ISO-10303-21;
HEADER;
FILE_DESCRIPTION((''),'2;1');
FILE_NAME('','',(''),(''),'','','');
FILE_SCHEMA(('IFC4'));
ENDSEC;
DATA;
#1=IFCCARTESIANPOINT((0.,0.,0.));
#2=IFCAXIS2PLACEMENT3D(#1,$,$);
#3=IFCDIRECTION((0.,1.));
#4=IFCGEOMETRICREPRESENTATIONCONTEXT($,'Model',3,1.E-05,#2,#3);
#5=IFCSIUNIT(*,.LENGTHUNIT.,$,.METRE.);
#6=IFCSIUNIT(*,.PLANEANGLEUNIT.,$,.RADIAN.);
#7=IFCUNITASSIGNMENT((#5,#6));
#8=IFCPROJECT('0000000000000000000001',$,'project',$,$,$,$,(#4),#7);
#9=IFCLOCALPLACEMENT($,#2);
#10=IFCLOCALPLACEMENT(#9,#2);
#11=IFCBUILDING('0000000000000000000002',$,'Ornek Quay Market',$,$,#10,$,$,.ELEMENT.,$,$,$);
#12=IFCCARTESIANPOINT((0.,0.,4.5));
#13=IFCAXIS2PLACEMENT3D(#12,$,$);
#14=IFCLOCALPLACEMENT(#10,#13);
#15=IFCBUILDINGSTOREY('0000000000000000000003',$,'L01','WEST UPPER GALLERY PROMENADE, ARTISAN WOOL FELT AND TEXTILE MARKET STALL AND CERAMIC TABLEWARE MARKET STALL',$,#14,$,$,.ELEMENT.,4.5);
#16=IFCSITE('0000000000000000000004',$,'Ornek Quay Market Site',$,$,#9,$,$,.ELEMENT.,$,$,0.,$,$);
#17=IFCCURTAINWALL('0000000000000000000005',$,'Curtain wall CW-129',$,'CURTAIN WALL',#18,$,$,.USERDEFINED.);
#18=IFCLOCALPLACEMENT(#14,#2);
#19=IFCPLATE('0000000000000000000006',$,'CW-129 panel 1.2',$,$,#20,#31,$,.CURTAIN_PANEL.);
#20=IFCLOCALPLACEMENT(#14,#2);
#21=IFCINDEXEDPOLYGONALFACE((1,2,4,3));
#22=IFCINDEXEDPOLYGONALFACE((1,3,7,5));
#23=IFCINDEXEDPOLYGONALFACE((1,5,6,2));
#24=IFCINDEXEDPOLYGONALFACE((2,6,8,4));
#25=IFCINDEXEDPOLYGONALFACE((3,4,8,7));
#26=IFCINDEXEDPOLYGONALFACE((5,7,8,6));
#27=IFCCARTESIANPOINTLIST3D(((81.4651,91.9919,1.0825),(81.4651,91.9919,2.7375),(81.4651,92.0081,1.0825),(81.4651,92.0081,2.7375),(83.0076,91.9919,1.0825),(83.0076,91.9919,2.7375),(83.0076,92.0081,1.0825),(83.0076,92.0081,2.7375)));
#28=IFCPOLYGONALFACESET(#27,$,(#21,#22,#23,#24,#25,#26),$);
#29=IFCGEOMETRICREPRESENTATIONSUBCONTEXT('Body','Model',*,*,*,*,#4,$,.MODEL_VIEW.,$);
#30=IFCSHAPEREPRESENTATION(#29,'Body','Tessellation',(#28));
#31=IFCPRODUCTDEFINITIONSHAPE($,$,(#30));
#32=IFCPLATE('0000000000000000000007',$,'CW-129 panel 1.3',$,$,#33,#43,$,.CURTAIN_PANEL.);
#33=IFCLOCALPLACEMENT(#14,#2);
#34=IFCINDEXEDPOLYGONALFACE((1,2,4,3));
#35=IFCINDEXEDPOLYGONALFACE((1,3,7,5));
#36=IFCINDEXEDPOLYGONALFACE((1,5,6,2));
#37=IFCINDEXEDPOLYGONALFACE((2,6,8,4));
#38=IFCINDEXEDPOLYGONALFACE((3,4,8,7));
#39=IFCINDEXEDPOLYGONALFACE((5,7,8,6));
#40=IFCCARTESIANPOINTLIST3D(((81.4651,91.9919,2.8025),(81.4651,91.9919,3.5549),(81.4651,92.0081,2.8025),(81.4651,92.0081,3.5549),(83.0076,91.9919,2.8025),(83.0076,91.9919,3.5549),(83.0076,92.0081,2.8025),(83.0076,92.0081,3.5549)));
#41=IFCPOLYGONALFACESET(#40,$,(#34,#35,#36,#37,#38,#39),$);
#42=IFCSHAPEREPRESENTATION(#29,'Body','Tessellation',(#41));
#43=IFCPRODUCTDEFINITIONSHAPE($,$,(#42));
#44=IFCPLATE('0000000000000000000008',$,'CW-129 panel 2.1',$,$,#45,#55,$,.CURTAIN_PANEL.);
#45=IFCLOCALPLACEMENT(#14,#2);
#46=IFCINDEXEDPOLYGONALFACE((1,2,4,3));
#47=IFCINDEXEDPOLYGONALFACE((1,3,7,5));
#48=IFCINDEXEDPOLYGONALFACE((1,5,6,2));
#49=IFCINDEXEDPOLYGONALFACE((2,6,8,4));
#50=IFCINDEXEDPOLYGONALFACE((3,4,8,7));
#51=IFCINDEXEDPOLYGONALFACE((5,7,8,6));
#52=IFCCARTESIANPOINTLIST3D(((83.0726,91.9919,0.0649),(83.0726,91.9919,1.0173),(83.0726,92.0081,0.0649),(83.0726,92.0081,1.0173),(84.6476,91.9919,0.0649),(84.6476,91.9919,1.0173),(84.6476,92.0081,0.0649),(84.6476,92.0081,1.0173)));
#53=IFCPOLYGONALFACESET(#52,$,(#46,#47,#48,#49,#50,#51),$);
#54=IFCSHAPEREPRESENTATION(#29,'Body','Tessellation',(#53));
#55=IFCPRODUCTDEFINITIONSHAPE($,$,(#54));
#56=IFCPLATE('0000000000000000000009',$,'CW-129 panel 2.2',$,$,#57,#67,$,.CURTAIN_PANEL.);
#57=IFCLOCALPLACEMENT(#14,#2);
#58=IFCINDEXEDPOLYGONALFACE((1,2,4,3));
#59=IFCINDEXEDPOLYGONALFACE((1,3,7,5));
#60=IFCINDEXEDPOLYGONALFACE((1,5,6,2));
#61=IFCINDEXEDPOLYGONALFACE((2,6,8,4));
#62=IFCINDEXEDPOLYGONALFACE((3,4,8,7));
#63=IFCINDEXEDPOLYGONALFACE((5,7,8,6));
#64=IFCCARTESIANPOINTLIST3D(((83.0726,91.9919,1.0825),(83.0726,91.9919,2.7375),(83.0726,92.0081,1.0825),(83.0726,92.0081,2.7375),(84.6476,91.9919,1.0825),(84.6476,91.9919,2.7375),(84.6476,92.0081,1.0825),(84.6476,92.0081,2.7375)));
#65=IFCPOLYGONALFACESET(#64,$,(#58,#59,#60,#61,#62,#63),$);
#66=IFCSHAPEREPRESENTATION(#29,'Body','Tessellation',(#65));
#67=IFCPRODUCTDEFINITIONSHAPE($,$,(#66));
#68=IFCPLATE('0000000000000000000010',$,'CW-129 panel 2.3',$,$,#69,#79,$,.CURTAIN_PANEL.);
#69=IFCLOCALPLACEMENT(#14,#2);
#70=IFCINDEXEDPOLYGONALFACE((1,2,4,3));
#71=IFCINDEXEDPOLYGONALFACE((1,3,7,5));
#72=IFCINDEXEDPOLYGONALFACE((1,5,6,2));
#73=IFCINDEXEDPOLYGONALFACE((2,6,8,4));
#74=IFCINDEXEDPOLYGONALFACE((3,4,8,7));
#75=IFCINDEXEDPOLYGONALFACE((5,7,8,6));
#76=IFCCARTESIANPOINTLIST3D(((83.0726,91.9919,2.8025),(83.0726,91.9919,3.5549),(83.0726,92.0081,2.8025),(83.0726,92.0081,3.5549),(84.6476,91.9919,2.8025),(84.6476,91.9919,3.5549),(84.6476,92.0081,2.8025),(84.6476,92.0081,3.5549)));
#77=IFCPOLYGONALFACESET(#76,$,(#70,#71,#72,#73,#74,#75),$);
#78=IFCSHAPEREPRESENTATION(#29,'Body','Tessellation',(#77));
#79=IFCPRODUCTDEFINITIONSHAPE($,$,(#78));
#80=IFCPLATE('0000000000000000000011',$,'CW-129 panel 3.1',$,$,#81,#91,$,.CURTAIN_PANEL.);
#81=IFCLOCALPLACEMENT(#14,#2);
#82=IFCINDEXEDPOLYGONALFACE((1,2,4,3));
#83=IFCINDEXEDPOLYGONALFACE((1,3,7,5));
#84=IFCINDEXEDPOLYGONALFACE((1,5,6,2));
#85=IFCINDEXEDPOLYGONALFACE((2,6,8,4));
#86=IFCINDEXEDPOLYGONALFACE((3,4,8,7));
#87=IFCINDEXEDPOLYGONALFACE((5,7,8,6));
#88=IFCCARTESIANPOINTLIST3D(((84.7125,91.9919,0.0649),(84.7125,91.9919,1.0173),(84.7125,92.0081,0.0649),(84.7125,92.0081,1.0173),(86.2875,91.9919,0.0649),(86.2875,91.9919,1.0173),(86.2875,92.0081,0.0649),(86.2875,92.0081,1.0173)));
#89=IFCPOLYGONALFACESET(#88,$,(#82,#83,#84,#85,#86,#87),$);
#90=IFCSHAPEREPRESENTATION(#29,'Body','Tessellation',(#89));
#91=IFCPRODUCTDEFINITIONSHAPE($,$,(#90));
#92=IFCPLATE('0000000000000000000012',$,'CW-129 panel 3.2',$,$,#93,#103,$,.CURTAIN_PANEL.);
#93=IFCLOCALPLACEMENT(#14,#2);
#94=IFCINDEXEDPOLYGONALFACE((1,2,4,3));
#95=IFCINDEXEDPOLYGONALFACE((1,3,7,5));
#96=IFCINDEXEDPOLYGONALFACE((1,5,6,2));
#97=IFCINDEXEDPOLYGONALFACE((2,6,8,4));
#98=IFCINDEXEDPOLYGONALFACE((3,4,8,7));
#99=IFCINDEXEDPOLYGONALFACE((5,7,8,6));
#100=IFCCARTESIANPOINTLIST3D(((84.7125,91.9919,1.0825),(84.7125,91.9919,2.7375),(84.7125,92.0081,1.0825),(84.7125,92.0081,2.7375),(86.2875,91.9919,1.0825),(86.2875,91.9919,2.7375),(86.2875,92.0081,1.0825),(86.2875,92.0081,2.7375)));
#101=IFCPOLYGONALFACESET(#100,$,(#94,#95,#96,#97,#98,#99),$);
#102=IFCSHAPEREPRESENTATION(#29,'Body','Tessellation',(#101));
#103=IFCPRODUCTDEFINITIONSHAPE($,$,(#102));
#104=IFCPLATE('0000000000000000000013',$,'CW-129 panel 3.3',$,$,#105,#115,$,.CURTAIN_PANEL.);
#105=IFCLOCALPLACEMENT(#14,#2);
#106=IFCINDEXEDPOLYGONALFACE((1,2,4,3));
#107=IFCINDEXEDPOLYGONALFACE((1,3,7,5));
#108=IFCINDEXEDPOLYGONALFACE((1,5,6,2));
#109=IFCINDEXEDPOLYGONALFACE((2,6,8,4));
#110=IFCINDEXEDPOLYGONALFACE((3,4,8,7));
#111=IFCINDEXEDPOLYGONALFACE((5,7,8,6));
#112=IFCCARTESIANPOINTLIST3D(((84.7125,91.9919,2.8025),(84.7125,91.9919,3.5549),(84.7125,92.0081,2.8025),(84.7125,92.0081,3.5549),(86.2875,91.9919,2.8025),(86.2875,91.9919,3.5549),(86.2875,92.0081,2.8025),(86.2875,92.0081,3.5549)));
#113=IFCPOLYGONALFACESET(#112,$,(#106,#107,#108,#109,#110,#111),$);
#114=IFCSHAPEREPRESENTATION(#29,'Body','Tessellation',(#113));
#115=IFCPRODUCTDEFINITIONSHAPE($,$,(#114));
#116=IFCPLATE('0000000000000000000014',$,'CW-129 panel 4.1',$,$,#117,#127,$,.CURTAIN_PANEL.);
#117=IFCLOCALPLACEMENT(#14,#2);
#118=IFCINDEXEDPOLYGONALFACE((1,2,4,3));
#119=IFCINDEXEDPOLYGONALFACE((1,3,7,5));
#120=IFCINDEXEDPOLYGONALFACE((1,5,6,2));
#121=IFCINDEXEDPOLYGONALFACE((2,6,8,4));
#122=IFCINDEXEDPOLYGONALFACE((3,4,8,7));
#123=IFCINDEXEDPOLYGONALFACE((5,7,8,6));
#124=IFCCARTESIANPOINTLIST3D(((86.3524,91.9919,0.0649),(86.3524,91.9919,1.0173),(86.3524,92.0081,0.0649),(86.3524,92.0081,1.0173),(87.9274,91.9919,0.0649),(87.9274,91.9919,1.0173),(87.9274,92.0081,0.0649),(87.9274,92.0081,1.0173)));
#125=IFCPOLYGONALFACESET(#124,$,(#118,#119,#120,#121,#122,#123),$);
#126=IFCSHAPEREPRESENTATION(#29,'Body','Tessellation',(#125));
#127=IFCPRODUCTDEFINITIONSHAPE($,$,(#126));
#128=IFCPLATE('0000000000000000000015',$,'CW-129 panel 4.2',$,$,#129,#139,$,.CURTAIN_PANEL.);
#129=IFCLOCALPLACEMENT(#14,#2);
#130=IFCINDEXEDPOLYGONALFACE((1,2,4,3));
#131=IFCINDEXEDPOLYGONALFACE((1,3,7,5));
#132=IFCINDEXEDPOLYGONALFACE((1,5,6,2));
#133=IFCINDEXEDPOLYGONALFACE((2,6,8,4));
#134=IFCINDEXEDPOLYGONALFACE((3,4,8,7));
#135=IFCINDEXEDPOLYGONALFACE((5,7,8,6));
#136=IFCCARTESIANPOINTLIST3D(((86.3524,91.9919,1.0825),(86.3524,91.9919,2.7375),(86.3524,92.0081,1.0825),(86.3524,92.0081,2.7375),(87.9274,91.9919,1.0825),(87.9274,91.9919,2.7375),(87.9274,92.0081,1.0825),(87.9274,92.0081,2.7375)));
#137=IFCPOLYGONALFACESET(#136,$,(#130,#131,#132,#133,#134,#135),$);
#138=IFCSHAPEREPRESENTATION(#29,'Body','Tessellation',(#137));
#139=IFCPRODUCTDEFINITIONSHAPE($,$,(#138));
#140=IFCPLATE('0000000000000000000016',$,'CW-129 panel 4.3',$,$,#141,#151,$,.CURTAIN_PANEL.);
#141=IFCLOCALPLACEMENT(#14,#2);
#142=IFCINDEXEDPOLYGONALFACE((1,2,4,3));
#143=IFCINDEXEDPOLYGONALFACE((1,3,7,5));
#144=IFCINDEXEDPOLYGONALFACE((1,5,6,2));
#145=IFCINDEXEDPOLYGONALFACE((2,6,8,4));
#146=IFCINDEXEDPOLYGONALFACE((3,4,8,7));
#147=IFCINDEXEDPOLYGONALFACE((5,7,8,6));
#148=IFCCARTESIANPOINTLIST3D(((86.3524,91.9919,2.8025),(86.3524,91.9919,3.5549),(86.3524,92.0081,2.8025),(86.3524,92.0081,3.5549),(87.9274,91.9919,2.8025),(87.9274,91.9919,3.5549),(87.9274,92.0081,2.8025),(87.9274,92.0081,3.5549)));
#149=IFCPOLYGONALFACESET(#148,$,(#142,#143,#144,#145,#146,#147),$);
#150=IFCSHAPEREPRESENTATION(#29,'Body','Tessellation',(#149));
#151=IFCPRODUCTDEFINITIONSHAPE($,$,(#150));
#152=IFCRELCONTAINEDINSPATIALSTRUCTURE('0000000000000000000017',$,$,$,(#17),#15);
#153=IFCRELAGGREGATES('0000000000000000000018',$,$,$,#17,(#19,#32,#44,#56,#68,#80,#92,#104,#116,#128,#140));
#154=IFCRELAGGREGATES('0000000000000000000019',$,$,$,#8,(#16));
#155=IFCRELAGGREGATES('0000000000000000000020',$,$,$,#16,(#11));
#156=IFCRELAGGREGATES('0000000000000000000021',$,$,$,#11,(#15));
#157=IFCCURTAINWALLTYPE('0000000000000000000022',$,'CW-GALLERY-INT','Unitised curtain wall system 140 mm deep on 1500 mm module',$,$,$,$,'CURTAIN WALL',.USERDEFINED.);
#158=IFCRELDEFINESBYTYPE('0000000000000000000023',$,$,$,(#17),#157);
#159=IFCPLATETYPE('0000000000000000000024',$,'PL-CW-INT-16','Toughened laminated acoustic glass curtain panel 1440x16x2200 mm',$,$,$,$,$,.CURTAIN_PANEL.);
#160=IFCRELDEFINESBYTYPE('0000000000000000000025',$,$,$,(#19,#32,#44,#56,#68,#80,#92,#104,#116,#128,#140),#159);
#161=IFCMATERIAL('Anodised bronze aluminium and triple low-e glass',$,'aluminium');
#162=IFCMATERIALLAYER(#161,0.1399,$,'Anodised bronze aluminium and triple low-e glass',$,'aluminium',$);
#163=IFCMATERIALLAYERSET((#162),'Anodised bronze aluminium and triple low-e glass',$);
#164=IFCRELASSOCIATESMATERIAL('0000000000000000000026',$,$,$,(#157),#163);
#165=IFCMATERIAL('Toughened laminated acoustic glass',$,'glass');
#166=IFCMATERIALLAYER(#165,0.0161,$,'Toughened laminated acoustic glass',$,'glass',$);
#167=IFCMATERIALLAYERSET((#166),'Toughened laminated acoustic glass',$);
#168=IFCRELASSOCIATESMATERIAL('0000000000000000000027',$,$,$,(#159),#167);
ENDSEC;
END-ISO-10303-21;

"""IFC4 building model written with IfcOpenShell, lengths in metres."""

from ifc_helpers import new_model, si_unit, direction, frame, origin, origin_2d, place, context, subcontext, project, spatial, rectangle, extrude, material, layer, layer_set, type_object, element, aggregate, save


model = new_model("IFC4")

# Units and contexts
model_context = context("Model", 3, precision=1e-05, world=origin(), true_north=direction((0.0, 1.0)))
body_context = subcontext(model_context, "Body", "Model", "MODEL_VIEW")
ifc_project = project(units=[si_unit("LENGTHUNIT", "METRE"), si_unit("PLANEANGLEUNIT", "RADIAN")], contexts=[model_context])

# Site, building, storey
site_placement = place(None, origin())
site = spatial("IfcSite", under=ifc_project, at=site_placement, Name="Ornek Quay Market Site", CompositionType="ELEMENT", RefElevation=0.0)
building_placement = place(site_placement, origin())
building = spatial("IfcBuilding", under=site, at=building_placement, Name="Ornek Quay Market", CompositionType="ELEMENT")
storey_placement = place(building_placement, frame((0.0, 0.0, 4.5)))
storey = spatial("IfcBuildingStorey", under=building, at=storey_placement, Name="L01", Description="WEST UPPER GALLERY PROMENADE, ARTISAN WOOL FELT AND TEXTILE MARKET STALL AND CERAMIC TABLEWARE MARKET STALL", CompositionType="ELEMENT", Elevation=4.5)

# Curtain wall, plates
ifc_material_1 = material(Name="Anodised bronze aluminium and triple low-e glass", Category="aluminium")
ifc_layer_1 = layer(ifc_material_1, 0.1399, Name="Anodised bronze aluminium and triple low-e glass", Category="aluminium")
ifc_layer_set_1 = layer_set([ifc_layer_1], Name="Anodised bronze aluminium and triple low-e glass")
curtain_wall_type = type_object("IfcCurtainWallType", Name="CW-GALLERY-INT", Description="Unitised curtain wall system 140 mm deep on 1500 mm module", ElementType="CURTAIN WALL", PredefinedType="USERDEFINED", material=ifc_layer_set_1)
curtain_wall_placement = place(storey_placement, origin())
curtain_wall = element("IfcCurtainWall", 1, at=curtain_wall_placement, inside=storey, type_object=curtain_wall_type, Name="Curtain wall CW-129", ObjectType="CURTAIN WALL", PredefinedType="USERDEFINED")
ifc_material_2 = material(Name="Toughened laminated acoustic glass", Category="glass")
ifc_layer_2 = layer(ifc_material_2, 0.0161, Name="Toughened laminated acoustic glass", Category="glass")
ifc_layer_set_2 = layer_set([ifc_layer_2], Name="Toughened laminated acoustic glass")
plate_type = type_object("IfcPlateType", Name="PL-CW-INT-16", Description="Toughened laminated acoustic glass curtain panel 1440x16x2200 mm", PredefinedType="CURTAIN_PANEL", material=ifc_layer_set_2)
plate_1_placement = place(storey_placement, frame((82.2363, 92.0, 1.0825), z_axis=(0.0, 0.0, 1.0), x_axis=(1.0, 0.0, 0.0)))
plate_1 = element("IfcPlate", 2, at=plate_1_placement, type_object=plate_type, Name="CW-129 panel 1.2", PredefinedType="CURTAIN_PANEL", context=body_context, shape_type="SweptSolid", body=[
    extrude(rectangle(XDim=1.5425, YDim=0.0161, at=origin_2d()), origin(), (0.0, 0.0, 1.0), 1.655),
])
plate_2_placement = place(storey_placement, frame((82.2363, 92.0, 2.8025), z_axis=(0.0, 0.0, 1.0), x_axis=(1.0, 0.0, 0.0)))
plate_2 = element("IfcPlate", 3, at=plate_2_placement, type_object=plate_type, Name="CW-129 panel 1.3", PredefinedType="CURTAIN_PANEL", context=body_context, shape_type="SweptSolid", body=[
    extrude(rectangle(XDim=1.5425, YDim=0.0161, at=origin_2d()), origin(), (0.0, 0.0, 1.0), 0.7524),
])
plate_3_placement = place(storey_placement, frame((83.8601, 92.0, 0.0649), z_axis=(0.0, 0.0, 1.0), x_axis=(1.0, 0.0, 0.0)))
plate_3 = element("IfcPlate", 4, at=plate_3_placement, type_object=plate_type, Name="CW-129 panel 2.1", PredefinedType="CURTAIN_PANEL", context=body_context, shape_type="SweptSolid", body=[
    extrude(rectangle(XDim=1.575, YDim=0.0161, at=origin_2d()), origin(), (0.0, 0.0, 1.0), 0.9524),
])
plate_4_placement = place(storey_placement, frame((83.8601, 92.0, 1.0825), z_axis=(0.0, 0.0, 1.0), x_axis=(1.0, 0.0, 0.0)))
plate_4 = element("IfcPlate", 5, at=plate_4_placement, type_object=plate_type, Name="CW-129 panel 2.2", PredefinedType="CURTAIN_PANEL", context=body_context, shape_type="SweptSolid", body=[
    extrude(rectangle(XDim=1.575, YDim=0.0161, at=origin_2d()), origin(), (0.0, 0.0, 1.0), 1.655),
])
plate_5_placement = place(storey_placement, frame((83.8601, 92.0, 2.8025), z_axis=(0.0, 0.0, 1.0), x_axis=(1.0, 0.0, 0.0)))
plate_5 = element("IfcPlate", 6, at=plate_5_placement, type_object=plate_type, Name="CW-129 panel 2.3", PredefinedType="CURTAIN_PANEL", context=body_context, shape_type="SweptSolid", body=[
    extrude(rectangle(XDim=1.575, YDim=0.0161, at=origin_2d()), origin(), (0.0, 0.0, 1.0), 0.7524),
])
plate_6_placement = place(storey_placement, frame((85.5, 92.0, 0.0649), z_axis=(0.0, 0.0, 1.0), x_axis=(1.0, 0.0, 0.0)))
plate_6 = element("IfcPlate", 7, at=plate_6_placement, type_object=plate_type, Name="CW-129 panel 3.1", PredefinedType="CURTAIN_PANEL", context=body_context, shape_type="SweptSolid", body=[
    extrude(rectangle(XDim=1.575, YDim=0.0161, at=origin_2d()), origin(), (0.0, 0.0, 1.0), 0.9524),
])
plate_7_placement = place(storey_placement, frame((85.5, 92.0, 1.0825), z_axis=(0.0, 0.0, 1.0), x_axis=(1.0, 0.0, 0.0)))
plate_7 = element("IfcPlate", 8, at=plate_7_placement, type_object=plate_type, Name="CW-129 panel 3.2", PredefinedType="CURTAIN_PANEL", context=body_context, shape_type="SweptSolid", body=[
    extrude(rectangle(XDim=1.575, YDim=0.0161, at=origin_2d()), origin(), (0.0, 0.0, 1.0), 1.655),
])
plate_8_placement = place(storey_placement, frame((85.5, 92.0, 2.8025), z_axis=(0.0, 0.0, 1.0), x_axis=(1.0, 0.0, 0.0)))
plate_8 = element("IfcPlate", 9, at=plate_8_placement, type_object=plate_type, Name="CW-129 panel 3.3", PredefinedType="CURTAIN_PANEL", context=body_context, shape_type="SweptSolid", body=[
    extrude(rectangle(XDim=1.575, YDim=0.0161, at=origin_2d()), origin(), (0.0, 0.0, 1.0), 0.7524),
])
plate_9_placement = place(storey_placement, frame((87.1399, 92.0, 0.0649), z_axis=(0.0, 0.0, 1.0), x_axis=(1.0, 0.0, 0.0)))
plate_9 = element("IfcPlate", 10, at=plate_9_placement, type_object=plate_type, Name="CW-129 panel 4.1", PredefinedType="CURTAIN_PANEL", context=body_context, shape_type="SweptSolid", body=[
    extrude(rectangle(XDim=1.575, YDim=0.0161, at=origin_2d()), origin(), (0.0, 0.0, 1.0), 0.9524),
])
plate_10_placement = place(storey_placement, frame((87.1399, 92.0, 1.0825), z_axis=(0.0, 0.0, 1.0), x_axis=(1.0, 0.0, 0.0)))
plate_10 = element("IfcPlate", 11, at=plate_10_placement, type_object=plate_type, Name="CW-129 panel 4.2", PredefinedType="CURTAIN_PANEL", context=body_context, shape_type="SweptSolid", body=[
    extrude(rectangle(XDim=1.575, YDim=0.0161, at=origin_2d()), origin(), (0.0, 0.0, 1.0), 1.655),
])
plate_11_placement = place(storey_placement, frame((87.1399, 92.0, 2.8025), z_axis=(0.0, 0.0, 1.0), x_axis=(1.0, 0.0, 0.0)))
plate_11 = element("IfcPlate", 12, at=plate_11_placement, type_object=plate_type, Name="CW-129 panel 4.3", PredefinedType="CURTAIN_PANEL", context=body_context, shape_type="SweptSolid", body=[
    extrude(rectangle(XDim=1.575, YDim=0.0161, at=origin_2d()), origin(), (0.0, 0.0, 1.0), 0.7524),
])
aggregate(curtain_wall, [plate_1, plate_2, plate_3, plate_4, plate_5, plate_6, plate_7, plate_8, plate_9, plate_10, plate_11])

save(model, "model.ifc")
